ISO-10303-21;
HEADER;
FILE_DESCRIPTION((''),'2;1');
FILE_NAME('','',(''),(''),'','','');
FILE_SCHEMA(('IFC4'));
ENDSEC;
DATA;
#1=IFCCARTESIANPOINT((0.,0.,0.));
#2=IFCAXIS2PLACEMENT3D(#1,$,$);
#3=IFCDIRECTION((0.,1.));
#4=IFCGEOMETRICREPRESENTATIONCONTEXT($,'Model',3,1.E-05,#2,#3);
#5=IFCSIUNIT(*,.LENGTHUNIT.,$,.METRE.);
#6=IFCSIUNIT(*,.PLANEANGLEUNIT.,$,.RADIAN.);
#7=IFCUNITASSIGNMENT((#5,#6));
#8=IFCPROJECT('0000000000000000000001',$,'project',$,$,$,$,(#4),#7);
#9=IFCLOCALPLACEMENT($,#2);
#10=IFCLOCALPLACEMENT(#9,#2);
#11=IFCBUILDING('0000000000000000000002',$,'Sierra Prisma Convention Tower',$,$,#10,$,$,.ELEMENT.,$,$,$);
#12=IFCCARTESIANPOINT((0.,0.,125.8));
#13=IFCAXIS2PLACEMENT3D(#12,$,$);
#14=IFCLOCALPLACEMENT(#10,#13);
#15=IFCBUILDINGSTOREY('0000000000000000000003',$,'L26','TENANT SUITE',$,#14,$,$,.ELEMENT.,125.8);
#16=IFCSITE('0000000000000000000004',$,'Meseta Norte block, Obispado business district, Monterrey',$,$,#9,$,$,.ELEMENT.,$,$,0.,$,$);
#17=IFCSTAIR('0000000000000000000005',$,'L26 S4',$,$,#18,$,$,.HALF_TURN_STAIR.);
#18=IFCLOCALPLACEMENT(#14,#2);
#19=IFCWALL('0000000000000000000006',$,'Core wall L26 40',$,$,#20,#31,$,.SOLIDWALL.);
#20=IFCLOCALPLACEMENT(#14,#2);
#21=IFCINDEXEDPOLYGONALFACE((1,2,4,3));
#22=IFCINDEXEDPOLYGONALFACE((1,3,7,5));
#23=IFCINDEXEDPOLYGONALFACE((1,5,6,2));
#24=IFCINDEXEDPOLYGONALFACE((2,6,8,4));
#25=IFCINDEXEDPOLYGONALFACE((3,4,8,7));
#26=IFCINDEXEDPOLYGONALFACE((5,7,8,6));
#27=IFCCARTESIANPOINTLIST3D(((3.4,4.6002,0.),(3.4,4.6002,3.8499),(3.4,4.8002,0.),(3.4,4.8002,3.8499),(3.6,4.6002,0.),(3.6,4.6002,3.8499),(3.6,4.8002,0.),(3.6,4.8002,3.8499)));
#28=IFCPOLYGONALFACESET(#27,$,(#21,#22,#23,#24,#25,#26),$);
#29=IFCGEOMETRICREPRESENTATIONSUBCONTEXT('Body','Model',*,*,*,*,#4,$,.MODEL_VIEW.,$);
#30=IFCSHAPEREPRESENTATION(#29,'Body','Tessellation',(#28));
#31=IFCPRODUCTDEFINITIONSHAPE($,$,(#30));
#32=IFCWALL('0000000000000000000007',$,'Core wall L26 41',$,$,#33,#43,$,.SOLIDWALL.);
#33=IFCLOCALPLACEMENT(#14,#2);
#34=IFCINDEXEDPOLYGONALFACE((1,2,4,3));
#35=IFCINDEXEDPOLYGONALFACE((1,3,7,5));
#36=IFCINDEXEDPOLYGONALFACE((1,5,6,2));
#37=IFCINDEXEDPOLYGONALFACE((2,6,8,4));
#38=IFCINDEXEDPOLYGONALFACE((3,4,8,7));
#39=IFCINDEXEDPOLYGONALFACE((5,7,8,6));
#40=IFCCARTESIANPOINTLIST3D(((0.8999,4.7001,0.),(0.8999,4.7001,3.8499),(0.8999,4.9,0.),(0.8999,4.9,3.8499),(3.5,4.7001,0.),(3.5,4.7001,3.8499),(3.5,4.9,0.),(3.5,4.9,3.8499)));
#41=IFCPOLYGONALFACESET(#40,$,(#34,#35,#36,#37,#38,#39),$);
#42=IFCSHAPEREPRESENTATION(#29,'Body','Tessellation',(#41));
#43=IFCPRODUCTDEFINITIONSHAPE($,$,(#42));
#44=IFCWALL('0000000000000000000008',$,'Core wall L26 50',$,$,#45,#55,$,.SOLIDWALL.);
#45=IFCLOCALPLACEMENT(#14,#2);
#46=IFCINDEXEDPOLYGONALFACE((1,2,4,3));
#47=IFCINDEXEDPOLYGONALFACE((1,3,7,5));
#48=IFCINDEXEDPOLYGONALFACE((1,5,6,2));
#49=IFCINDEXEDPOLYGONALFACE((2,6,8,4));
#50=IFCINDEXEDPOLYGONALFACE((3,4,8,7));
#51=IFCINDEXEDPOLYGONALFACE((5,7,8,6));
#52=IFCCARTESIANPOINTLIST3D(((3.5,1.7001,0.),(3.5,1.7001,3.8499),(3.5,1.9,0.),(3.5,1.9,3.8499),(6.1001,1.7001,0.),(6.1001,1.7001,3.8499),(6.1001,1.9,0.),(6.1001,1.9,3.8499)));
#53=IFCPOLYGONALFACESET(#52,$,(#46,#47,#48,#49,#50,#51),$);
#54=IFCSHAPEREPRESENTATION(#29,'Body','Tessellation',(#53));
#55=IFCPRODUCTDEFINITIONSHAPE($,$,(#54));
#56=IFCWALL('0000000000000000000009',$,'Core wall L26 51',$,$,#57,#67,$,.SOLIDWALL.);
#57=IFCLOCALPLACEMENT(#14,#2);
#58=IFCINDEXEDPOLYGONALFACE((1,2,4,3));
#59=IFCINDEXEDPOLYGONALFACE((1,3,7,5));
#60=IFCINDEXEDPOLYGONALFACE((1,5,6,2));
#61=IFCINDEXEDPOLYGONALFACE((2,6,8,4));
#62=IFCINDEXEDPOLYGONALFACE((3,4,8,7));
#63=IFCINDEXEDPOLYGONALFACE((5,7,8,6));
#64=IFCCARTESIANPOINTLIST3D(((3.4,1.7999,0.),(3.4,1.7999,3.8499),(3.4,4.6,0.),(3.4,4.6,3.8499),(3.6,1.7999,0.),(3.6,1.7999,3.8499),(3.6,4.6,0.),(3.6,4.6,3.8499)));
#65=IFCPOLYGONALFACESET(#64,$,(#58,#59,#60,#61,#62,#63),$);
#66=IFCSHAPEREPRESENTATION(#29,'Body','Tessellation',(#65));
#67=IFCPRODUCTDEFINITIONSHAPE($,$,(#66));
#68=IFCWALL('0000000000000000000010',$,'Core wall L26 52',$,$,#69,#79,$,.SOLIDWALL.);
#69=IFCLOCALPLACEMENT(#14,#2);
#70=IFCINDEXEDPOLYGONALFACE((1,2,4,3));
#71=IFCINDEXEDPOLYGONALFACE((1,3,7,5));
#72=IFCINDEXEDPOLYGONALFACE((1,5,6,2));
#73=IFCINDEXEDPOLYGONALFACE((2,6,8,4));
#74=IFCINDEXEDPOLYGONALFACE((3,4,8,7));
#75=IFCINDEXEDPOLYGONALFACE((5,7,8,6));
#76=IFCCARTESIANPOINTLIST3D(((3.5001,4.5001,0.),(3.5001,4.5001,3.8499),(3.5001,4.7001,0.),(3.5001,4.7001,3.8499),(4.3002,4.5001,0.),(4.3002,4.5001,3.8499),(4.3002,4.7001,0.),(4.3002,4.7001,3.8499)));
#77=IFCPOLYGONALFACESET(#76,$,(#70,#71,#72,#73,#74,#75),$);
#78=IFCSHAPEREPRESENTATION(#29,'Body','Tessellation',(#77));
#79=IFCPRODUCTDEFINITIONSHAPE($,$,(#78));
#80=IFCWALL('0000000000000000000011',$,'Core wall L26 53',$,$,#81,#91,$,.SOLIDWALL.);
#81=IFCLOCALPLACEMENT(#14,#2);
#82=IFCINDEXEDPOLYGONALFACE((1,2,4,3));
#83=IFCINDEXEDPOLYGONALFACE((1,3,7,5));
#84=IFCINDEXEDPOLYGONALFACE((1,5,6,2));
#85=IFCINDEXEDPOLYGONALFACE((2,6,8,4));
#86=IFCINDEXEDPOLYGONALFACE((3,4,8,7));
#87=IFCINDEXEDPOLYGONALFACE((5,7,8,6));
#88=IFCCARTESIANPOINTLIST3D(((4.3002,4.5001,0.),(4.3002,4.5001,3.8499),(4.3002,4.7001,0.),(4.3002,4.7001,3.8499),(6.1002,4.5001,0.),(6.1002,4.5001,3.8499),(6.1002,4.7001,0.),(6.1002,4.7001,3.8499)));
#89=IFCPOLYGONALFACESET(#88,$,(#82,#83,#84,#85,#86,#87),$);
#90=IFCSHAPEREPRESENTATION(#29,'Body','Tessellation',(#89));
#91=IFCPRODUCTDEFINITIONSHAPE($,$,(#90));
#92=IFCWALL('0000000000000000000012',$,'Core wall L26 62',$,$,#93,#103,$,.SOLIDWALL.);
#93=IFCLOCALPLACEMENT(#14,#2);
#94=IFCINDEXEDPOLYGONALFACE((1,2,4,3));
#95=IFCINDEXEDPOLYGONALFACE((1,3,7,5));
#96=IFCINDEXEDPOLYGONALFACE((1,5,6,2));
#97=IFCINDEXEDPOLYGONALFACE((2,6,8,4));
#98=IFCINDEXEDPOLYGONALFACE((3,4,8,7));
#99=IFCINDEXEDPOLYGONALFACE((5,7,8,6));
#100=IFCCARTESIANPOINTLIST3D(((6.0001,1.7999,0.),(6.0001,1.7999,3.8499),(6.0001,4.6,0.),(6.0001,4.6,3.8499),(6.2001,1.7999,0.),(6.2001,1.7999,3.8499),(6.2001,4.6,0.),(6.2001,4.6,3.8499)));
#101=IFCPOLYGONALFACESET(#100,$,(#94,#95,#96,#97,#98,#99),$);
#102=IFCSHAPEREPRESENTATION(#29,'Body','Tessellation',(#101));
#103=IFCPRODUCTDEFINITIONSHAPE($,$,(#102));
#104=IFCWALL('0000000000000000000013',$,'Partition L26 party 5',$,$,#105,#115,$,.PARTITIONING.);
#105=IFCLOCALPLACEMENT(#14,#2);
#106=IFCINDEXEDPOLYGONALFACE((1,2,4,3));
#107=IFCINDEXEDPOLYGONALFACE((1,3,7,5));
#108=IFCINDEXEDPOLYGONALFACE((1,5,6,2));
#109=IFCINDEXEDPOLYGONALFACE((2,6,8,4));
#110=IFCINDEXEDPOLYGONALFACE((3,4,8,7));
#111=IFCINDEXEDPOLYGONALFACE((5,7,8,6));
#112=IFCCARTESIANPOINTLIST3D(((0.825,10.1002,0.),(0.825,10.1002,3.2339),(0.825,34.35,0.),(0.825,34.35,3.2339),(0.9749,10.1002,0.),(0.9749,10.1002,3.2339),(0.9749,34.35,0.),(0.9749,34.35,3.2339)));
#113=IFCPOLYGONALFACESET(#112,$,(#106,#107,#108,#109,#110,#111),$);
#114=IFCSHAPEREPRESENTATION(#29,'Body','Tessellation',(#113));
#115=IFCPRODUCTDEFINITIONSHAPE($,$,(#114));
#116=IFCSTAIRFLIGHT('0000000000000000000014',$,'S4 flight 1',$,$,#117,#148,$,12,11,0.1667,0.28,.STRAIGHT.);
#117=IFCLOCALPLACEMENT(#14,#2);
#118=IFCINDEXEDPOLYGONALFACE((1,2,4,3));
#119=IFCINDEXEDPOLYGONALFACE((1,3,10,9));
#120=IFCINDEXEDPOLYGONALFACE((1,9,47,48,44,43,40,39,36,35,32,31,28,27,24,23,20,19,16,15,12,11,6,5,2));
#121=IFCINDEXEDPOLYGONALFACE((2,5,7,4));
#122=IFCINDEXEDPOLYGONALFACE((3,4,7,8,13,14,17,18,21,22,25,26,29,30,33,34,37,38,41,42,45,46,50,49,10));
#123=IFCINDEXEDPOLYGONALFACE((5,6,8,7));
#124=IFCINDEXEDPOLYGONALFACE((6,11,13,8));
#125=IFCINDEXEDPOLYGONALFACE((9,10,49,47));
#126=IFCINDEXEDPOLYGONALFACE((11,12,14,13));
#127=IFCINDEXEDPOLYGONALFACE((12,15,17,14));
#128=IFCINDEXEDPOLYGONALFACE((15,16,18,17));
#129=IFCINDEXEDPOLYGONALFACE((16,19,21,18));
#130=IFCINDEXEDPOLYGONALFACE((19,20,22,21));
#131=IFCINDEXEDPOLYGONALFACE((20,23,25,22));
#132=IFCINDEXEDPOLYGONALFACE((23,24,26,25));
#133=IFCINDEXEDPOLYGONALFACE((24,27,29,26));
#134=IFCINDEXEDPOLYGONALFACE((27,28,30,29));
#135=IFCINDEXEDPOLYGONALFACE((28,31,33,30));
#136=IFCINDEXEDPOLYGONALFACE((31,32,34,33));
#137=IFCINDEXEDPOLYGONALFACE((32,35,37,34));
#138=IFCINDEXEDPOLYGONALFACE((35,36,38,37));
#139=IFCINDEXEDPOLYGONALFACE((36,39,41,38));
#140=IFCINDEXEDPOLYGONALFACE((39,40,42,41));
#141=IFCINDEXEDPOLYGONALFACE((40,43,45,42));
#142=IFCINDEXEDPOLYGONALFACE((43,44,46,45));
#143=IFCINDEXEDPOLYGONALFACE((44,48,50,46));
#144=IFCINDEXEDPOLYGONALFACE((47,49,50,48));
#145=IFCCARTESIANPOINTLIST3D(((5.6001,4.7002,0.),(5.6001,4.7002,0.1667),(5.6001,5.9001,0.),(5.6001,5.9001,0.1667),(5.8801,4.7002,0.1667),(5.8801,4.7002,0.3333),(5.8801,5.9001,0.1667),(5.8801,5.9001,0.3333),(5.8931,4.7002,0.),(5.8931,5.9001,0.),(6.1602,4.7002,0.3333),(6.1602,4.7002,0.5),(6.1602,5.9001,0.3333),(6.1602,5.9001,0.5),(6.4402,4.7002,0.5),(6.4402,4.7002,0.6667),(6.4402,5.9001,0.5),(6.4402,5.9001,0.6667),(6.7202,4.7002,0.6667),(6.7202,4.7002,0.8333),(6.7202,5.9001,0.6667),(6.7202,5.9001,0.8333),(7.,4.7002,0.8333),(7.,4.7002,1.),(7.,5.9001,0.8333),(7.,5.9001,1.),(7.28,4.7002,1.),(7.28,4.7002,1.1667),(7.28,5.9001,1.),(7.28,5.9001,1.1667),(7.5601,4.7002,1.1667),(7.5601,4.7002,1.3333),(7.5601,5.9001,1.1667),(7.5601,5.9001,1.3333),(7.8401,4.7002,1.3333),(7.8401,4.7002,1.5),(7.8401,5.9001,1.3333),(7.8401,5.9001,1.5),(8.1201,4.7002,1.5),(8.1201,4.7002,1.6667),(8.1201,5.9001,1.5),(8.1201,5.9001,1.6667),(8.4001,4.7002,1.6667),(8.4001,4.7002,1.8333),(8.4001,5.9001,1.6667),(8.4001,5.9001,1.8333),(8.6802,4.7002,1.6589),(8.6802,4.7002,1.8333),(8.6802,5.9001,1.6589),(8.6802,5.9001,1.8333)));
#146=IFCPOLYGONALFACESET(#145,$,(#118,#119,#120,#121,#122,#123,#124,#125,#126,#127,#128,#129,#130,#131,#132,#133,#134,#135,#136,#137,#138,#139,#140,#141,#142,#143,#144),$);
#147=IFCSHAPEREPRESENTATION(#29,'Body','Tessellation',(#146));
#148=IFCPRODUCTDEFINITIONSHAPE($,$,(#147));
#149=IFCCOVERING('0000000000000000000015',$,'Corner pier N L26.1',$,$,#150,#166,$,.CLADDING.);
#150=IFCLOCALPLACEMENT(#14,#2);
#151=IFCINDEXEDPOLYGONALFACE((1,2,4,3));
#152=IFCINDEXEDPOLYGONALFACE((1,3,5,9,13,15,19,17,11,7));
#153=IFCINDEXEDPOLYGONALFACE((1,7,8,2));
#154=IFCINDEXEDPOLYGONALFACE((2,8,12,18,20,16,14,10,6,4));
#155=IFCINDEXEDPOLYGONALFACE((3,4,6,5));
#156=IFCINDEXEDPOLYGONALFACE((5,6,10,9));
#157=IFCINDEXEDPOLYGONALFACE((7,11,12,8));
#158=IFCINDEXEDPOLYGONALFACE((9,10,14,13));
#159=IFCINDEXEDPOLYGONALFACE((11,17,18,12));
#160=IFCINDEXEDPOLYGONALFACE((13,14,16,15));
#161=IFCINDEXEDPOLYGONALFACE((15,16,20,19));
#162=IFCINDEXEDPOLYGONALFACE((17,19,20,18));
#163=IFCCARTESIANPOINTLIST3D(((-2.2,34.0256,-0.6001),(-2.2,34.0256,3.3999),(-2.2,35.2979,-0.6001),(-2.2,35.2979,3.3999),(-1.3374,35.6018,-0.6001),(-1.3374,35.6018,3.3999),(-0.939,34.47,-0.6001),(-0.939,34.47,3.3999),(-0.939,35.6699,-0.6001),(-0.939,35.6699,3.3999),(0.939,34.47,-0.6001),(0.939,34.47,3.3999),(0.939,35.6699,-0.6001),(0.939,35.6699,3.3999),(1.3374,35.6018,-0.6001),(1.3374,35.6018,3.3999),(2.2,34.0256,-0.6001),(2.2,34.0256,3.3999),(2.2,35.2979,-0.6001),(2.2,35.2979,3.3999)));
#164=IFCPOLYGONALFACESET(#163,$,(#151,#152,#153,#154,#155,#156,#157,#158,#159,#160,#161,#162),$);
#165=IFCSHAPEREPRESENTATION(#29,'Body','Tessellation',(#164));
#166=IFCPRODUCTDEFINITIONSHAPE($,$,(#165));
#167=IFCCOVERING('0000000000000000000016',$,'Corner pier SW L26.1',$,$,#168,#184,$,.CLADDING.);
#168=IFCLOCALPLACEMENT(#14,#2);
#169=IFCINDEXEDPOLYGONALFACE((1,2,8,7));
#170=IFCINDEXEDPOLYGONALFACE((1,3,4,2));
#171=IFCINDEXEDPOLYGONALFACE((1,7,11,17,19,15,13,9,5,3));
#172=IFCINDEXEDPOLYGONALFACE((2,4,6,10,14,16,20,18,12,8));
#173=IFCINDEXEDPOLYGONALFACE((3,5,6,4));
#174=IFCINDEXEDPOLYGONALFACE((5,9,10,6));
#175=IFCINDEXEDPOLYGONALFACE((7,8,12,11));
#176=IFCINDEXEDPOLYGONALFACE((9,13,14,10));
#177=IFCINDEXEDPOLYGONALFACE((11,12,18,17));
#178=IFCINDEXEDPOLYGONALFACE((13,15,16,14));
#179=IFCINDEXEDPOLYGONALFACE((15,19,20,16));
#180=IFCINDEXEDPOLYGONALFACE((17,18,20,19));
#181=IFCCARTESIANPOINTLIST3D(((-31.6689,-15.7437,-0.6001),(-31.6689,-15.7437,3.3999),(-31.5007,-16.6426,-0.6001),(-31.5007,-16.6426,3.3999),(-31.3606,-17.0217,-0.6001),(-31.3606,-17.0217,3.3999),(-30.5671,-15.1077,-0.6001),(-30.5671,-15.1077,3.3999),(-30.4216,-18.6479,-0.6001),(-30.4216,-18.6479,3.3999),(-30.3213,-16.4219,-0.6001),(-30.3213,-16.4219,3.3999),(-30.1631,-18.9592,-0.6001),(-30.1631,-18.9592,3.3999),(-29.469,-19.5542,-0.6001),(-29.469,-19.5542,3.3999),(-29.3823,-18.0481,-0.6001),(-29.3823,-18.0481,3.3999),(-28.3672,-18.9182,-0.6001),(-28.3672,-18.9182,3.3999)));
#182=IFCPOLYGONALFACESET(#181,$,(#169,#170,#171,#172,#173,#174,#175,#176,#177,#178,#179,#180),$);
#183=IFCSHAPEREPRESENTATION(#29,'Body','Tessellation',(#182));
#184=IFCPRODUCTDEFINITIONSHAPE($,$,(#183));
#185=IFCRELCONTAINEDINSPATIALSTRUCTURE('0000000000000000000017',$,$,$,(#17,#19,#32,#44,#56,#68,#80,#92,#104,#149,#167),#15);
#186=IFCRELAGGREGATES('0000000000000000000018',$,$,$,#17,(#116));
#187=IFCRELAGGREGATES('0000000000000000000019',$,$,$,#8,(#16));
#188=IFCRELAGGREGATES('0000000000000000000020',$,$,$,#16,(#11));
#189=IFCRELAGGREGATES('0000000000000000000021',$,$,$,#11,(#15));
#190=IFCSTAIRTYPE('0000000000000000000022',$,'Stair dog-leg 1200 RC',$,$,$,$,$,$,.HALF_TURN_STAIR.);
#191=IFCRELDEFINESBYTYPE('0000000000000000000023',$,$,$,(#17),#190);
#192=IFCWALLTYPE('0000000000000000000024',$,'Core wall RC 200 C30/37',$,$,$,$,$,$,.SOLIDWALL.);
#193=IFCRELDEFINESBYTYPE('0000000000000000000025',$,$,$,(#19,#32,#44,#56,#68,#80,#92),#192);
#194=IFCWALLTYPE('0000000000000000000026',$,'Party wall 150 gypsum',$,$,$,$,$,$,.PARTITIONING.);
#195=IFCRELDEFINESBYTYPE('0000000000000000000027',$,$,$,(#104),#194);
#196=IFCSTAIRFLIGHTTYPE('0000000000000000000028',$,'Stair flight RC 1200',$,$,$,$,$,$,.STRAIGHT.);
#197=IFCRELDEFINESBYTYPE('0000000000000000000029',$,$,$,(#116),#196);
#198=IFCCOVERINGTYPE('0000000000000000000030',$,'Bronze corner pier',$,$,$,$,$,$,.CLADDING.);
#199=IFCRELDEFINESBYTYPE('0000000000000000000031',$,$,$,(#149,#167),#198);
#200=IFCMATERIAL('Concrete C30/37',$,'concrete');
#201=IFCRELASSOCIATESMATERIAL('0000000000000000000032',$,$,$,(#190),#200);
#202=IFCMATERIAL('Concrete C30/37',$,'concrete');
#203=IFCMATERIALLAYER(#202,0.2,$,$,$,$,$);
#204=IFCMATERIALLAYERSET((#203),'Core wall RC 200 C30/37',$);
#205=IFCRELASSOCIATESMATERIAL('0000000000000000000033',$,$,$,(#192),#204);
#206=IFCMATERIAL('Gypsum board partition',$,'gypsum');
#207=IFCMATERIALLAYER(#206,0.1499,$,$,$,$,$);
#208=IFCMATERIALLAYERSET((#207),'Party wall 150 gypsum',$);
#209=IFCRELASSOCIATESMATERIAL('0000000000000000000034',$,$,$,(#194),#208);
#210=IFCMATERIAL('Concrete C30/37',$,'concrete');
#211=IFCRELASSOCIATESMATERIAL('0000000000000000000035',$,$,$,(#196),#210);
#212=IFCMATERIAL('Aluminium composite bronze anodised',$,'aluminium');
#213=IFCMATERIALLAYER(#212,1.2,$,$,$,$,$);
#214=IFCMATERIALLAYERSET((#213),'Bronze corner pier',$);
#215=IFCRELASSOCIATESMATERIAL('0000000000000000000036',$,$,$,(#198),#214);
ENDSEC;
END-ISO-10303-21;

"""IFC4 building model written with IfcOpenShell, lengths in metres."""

from ifc_helpers import new_model, si_unit, direction, frame, frame_2d, origin, place, context, subcontext, project, spatial, polyline, rectangle, outline, extrude, material, layer, layer_set, type_object, element, aggregate, save


model = new_model("IFC4")

# Units and contexts
model_context = context("Model", 3, precision=1e-05, world=origin(), true_north=direction((0.0, 1.0)))
body_context = subcontext(model_context, "Body", "Model", "MODEL_VIEW")
ifc_project = project(units=[si_unit("LENGTHUNIT", "METRE"), si_unit("PLANEANGLEUNIT", "RADIAN")], contexts=[model_context])

# Site, building, storey
site_placement = place(None, origin())
site = spatial("IfcSite", under=ifc_project, at=site_placement, Name="Meseta Norte block, Obispado business district, Monterrey", CompositionType="ELEMENT", RefElevation=0.0)
building_placement = place(site_placement, origin())
building = spatial("IfcBuilding", under=site, at=building_placement, Name="Sierra Prisma Convention Tower", CompositionType="ELEMENT")
storey_placement = place(building_placement, frame((0.0, 0.0, 125.8)))
storey = spatial("IfcBuildingStorey", under=building, at=storey_placement, Name="L26", Description="TENANT SUITE", CompositionType="ELEMENT", Elevation=125.8)

# Shared definitions
ifc_material_1 = material(Name="Concrete C30/37", Category="concrete")
stair_type = type_object("IfcStairType", Name="Stair dog-leg 1200 RC", PredefinedType="HALF_TURN_STAIR", material=ifc_material_1)

# Stair
stair_1_placement = place(storey_placement, origin())
stair_1 = element("IfcStair", 1, at=stair_1_placement, inside=storey, type_object=stair_type, Name="L26 S4", PredefinedType="HALF_TURN_STAIR")

# Shared definitions
ifc_material_2 = material(Name="Concrete C30/37", Category="concrete")
ifc_layer_1 = layer(ifc_material_2, 0.2)
ifc_layer_set_1 = layer_set([ifc_layer_1], Name="Core wall RC 200 C30/37")
wall_type_1 = type_object("IfcWallType", Name="Core wall RC 200 C30/37", PredefinedType="SOLIDWALL", material=ifc_layer_set_1)

# Walls
wall_1_placement = place(storey_placement, frame((3.5, 4.6001, 0.0), z_axis=(0.0, 0.0, 1.0), x_axis=(0.0, 1.0, 0.0)))
element("IfcWall", 2, at=wall_1_placement, inside=storey, type_object=wall_type_1, Name="Core wall L26 40", PredefinedType="SOLIDWALL", context=body_context, shape_type="SweptSolid", body=[
    extrude(rectangle(XDim=0.2, YDim=0.2, at=frame_2d((0.1001, 0.0))), origin(), (0.0, 0.0, 1.0), 3.8499),
])
wall_2_placement = place(storey_placement, frame((3.5, 4.8, 0.0), z_axis=(0.0, 0.0, 1.0), x_axis=(-1.0, 0.0, 0.0)))
element("IfcWall", 3, at=wall_2_placement, inside=storey, type_object=wall_type_1, Name="Core wall L26 41", PredefinedType="SOLIDWALL", context=body_context, shape_type="SweptSolid", body=[
    extrude(rectangle(XDim=2.6001, YDim=0.2, at=frame_2d((1.3, 0.0))), origin(), (0.0, 0.0, 1.0), 3.8499),
])

# Walls
wall_3_placement = place(storey_placement, frame((6.1001, 1.8, 0.0), z_axis=(0.0, 0.0, 1.0), x_axis=(-1.0, 0.0, 0.0)))
element("IfcWall", 4, at=wall_3_placement, inside=storey, type_object=wall_type_1, Name="Core wall L26 50", PredefinedType="SOLIDWALL", context=body_context, shape_type="SweptSolid", body=[
    extrude(rectangle(XDim=2.6001, YDim=0.2, at=frame_2d((1.3, 0.0))), origin(), (0.0, 0.0, 1.0), 3.8499),
])
wall_4_placement = place(storey_placement, frame((3.5, 1.8, 0.0), z_axis=(0.0, 0.0, 1.0), x_axis=(0.0, 1.0, 0.0)))
element("IfcWall", 5, at=wall_4_placement, inside=storey, type_object=wall_type_1, Name="Core wall L26 51", PredefinedType="SOLIDWALL", context=body_context, shape_type="SweptSolid", body=[
    extrude(rectangle(XDim=2.8, YDim=0.2, at=frame_2d((1.3999, 0.0))), origin(), (0.0, 0.0, 1.0), 3.8499),
])
wall_5_placement = place(storey_placement, frame((4.3, 4.6001, 0.0), z_axis=(0.0, 0.0, 1.0), x_axis=(-1.0, 0.0, 0.0)))
element("IfcWall", 6, at=wall_5_placement, inside=storey, type_object=wall_type_1, Name="Core wall L26 52", PredefinedType="SOLIDWALL", context=body_context, shape_type="SweptSolid", body=[
    extrude(rectangle(XDim=0.8, YDim=0.2, at=frame_2d((0.3999, 0.0))), origin(), (0.0, 0.0, 1.0), 3.8499),
])
wall_6_placement = place(storey_placement, frame((6.1001, 4.6001, 0.0), z_axis=(0.0, 0.0, 1.0), x_axis=(-1.0, 0.0, 0.0)))
element("IfcWall", 7, at=wall_6_placement, inside=storey, type_object=wall_type_1, Name="Core wall L26 53", PredefinedType="SOLIDWALL", context=body_context, shape_type="SweptSolid", body=[
    extrude(rectangle(XDim=1.8, YDim=0.2, at=frame_2d((0.8999, 0.0))), origin(), (0.0, 0.0, 1.0), 3.8499),
])

# Walls
wall_7_placement = place(storey_placement, frame((6.1001, 1.8, 0.0), z_axis=(0.0, 0.0, 1.0), x_axis=(0.0, 1.0, 0.0)))
element("IfcWall", 8, at=wall_7_placement, inside=storey, type_object=wall_type_1, Name="Core wall L26 62", PredefinedType="SOLIDWALL", context=body_context, shape_type="SweptSolid", body=[
    extrude(rectangle(XDim=2.8, YDim=0.2, at=frame_2d((1.3999, 0.0))), origin(), (0.0, 0.0, 1.0), 3.8499),
])
ifc_material_3 = material(Name="Gypsum board partition", Category="gypsum")
ifc_layer_2 = layer(ifc_material_3, 0.1499)
ifc_layer_set_2 = layer_set([ifc_layer_2], Name="Party wall 150 gypsum")
wall_type_2 = type_object("IfcWallType", Name="Party wall 150 gypsum", PredefinedType="PARTITIONING", material=ifc_layer_set_2)
wall_8_placement = place(storey_placement, frame((0.8999, 10.1001, 0.0), z_axis=(0.0, 0.0, 1.0), x_axis=(0.0, 1.0, 0.0)))
element("IfcWall", 9, at=wall_8_placement, inside=storey, type_object=wall_type_2, Name="Partition L26 party 5", PredefinedType="PARTITIONING", context=body_context, shape_type="SweptSolid", body=[
    extrude(rectangle(XDim=24.2498, YDim=0.1499, at=frame_2d((12.125, 0.0))), origin(), (0.0, 0.0, 1.0), 3.2339),
])

# Stair flight
ifc_material_4 = material(Name="Concrete C30/37", Category="concrete")
stair_flight_type = type_object("IfcStairFlightType", Name="Stair flight RC 1200", PredefinedType="STRAIGHT", material=ifc_material_4)
stair_flight_placement = place(storey_placement, frame((5.6001, 5.3, 0.0), z_axis=(0.0, 0.0, 1.0), x_axis=(1.0, 0.0, 0.0)))
stair_flight = element("IfcStairFlight", 10, at=stair_flight_placement, type_object=stair_flight_type, Name="S4 flight 1", NumberOfRisers=12, NumberOfTreads=11, PredefinedType="STRAIGHT", RiserHeight=0.1667, TreadLength=0.28, context=body_context, shape_type="SweptSolid", body=[
    extrude(outline(polyline([(0.0, 0.0), (0.0, 0.1667), (0.28, 0.1667), (0.28, 0.3333), (0.5601, 0.3333), (0.5601, 0.5), (0.8401, 0.5), (0.8401, 0.6667), (1.1201, 0.6667), (1.1201, 0.8333), (1.3999, 0.8333), (1.3999, 1.0), (1.6799, 1.0), (1.6799, 1.1667), (1.96, 1.1667), (1.96, 1.3333), (2.24, 1.3333), (2.24, 1.5), (2.52, 1.5), (2.52, 1.6667), (2.8, 1.6667), (2.8, 1.8333), (3.0801, 1.8333), (3.0801, 2.0), (3.0801, 1.6589), (0.293, 0.0), (0.0, 0.0)])), frame((0.0, 0.6001, 0.0), z_axis=(0.0, -1.0, 0.0), x_axis=(1.0, 0.0, 0.0)), (0.0, 0.0, 1.0), 1.2),
])
aggregate(stair_1, [stair_flight])

# Coverings
ifc_material_5 = material(Name="Aluminium composite bronze anodised", Category="aluminium")
ifc_layer_3 = layer(ifc_material_5, 1.2)
ifc_layer_set_3 = layer_set([ifc_layer_3], Name="Bronze corner pier")
covering_type_1 = type_object("IfcCoveringType", Name="Bronze corner pier", PredefinedType="CLADDING", material=ifc_layer_set_3)
covering_1_placement = place(storey_placement, frame((0.0, 0.0, -0.6001)))
element("IfcCovering", 11, at=covering_1_placement, inside=storey, type_object=covering_type_1, Name="Corner pier N L26.1", PredefinedType="CLADDING", context=body_context, shape_type="SweptSolid", body=[
    extrude(outline(polyline([(-0.939, 35.6699), (0.939, 35.6699), (1.3374, 35.6018), (2.2, 35.2979), (2.2, 34.0256), (0.939, 34.47), (-0.939, 34.47), (-2.2, 34.0256), (-2.2, 35.2979), (-1.3374, 35.6018), (-0.939, 35.6699)])), origin(), (0.0, 0.0, 1.0), 4.0),
])
covering_2_placement = place(storey_placement, frame((0.0, 0.0, -0.6001)))
element("IfcCovering", 12, at=covering_2_placement, inside=storey, type_object=covering_type_1, Name="Corner pier SW L26.1", PredefinedType="CLADDING", context=body_context, shape_type="SweptSolid", body=[
    extrude(outline(polyline([(-30.4216, -18.6479), (-31.3606, -17.0217), (-31.5007, -16.6426), (-31.6689, -15.7437), (-30.5671, -15.1077), (-30.3213, -16.4219), (-29.3823, -18.0481), (-28.3672, -18.9182), (-29.469, -19.5542), (-30.1631, -18.9592), (-30.4216, -18.6479)])), origin(), (0.0, 0.0, 1.0), 4.0),
])

save(model, "model.ifc")
